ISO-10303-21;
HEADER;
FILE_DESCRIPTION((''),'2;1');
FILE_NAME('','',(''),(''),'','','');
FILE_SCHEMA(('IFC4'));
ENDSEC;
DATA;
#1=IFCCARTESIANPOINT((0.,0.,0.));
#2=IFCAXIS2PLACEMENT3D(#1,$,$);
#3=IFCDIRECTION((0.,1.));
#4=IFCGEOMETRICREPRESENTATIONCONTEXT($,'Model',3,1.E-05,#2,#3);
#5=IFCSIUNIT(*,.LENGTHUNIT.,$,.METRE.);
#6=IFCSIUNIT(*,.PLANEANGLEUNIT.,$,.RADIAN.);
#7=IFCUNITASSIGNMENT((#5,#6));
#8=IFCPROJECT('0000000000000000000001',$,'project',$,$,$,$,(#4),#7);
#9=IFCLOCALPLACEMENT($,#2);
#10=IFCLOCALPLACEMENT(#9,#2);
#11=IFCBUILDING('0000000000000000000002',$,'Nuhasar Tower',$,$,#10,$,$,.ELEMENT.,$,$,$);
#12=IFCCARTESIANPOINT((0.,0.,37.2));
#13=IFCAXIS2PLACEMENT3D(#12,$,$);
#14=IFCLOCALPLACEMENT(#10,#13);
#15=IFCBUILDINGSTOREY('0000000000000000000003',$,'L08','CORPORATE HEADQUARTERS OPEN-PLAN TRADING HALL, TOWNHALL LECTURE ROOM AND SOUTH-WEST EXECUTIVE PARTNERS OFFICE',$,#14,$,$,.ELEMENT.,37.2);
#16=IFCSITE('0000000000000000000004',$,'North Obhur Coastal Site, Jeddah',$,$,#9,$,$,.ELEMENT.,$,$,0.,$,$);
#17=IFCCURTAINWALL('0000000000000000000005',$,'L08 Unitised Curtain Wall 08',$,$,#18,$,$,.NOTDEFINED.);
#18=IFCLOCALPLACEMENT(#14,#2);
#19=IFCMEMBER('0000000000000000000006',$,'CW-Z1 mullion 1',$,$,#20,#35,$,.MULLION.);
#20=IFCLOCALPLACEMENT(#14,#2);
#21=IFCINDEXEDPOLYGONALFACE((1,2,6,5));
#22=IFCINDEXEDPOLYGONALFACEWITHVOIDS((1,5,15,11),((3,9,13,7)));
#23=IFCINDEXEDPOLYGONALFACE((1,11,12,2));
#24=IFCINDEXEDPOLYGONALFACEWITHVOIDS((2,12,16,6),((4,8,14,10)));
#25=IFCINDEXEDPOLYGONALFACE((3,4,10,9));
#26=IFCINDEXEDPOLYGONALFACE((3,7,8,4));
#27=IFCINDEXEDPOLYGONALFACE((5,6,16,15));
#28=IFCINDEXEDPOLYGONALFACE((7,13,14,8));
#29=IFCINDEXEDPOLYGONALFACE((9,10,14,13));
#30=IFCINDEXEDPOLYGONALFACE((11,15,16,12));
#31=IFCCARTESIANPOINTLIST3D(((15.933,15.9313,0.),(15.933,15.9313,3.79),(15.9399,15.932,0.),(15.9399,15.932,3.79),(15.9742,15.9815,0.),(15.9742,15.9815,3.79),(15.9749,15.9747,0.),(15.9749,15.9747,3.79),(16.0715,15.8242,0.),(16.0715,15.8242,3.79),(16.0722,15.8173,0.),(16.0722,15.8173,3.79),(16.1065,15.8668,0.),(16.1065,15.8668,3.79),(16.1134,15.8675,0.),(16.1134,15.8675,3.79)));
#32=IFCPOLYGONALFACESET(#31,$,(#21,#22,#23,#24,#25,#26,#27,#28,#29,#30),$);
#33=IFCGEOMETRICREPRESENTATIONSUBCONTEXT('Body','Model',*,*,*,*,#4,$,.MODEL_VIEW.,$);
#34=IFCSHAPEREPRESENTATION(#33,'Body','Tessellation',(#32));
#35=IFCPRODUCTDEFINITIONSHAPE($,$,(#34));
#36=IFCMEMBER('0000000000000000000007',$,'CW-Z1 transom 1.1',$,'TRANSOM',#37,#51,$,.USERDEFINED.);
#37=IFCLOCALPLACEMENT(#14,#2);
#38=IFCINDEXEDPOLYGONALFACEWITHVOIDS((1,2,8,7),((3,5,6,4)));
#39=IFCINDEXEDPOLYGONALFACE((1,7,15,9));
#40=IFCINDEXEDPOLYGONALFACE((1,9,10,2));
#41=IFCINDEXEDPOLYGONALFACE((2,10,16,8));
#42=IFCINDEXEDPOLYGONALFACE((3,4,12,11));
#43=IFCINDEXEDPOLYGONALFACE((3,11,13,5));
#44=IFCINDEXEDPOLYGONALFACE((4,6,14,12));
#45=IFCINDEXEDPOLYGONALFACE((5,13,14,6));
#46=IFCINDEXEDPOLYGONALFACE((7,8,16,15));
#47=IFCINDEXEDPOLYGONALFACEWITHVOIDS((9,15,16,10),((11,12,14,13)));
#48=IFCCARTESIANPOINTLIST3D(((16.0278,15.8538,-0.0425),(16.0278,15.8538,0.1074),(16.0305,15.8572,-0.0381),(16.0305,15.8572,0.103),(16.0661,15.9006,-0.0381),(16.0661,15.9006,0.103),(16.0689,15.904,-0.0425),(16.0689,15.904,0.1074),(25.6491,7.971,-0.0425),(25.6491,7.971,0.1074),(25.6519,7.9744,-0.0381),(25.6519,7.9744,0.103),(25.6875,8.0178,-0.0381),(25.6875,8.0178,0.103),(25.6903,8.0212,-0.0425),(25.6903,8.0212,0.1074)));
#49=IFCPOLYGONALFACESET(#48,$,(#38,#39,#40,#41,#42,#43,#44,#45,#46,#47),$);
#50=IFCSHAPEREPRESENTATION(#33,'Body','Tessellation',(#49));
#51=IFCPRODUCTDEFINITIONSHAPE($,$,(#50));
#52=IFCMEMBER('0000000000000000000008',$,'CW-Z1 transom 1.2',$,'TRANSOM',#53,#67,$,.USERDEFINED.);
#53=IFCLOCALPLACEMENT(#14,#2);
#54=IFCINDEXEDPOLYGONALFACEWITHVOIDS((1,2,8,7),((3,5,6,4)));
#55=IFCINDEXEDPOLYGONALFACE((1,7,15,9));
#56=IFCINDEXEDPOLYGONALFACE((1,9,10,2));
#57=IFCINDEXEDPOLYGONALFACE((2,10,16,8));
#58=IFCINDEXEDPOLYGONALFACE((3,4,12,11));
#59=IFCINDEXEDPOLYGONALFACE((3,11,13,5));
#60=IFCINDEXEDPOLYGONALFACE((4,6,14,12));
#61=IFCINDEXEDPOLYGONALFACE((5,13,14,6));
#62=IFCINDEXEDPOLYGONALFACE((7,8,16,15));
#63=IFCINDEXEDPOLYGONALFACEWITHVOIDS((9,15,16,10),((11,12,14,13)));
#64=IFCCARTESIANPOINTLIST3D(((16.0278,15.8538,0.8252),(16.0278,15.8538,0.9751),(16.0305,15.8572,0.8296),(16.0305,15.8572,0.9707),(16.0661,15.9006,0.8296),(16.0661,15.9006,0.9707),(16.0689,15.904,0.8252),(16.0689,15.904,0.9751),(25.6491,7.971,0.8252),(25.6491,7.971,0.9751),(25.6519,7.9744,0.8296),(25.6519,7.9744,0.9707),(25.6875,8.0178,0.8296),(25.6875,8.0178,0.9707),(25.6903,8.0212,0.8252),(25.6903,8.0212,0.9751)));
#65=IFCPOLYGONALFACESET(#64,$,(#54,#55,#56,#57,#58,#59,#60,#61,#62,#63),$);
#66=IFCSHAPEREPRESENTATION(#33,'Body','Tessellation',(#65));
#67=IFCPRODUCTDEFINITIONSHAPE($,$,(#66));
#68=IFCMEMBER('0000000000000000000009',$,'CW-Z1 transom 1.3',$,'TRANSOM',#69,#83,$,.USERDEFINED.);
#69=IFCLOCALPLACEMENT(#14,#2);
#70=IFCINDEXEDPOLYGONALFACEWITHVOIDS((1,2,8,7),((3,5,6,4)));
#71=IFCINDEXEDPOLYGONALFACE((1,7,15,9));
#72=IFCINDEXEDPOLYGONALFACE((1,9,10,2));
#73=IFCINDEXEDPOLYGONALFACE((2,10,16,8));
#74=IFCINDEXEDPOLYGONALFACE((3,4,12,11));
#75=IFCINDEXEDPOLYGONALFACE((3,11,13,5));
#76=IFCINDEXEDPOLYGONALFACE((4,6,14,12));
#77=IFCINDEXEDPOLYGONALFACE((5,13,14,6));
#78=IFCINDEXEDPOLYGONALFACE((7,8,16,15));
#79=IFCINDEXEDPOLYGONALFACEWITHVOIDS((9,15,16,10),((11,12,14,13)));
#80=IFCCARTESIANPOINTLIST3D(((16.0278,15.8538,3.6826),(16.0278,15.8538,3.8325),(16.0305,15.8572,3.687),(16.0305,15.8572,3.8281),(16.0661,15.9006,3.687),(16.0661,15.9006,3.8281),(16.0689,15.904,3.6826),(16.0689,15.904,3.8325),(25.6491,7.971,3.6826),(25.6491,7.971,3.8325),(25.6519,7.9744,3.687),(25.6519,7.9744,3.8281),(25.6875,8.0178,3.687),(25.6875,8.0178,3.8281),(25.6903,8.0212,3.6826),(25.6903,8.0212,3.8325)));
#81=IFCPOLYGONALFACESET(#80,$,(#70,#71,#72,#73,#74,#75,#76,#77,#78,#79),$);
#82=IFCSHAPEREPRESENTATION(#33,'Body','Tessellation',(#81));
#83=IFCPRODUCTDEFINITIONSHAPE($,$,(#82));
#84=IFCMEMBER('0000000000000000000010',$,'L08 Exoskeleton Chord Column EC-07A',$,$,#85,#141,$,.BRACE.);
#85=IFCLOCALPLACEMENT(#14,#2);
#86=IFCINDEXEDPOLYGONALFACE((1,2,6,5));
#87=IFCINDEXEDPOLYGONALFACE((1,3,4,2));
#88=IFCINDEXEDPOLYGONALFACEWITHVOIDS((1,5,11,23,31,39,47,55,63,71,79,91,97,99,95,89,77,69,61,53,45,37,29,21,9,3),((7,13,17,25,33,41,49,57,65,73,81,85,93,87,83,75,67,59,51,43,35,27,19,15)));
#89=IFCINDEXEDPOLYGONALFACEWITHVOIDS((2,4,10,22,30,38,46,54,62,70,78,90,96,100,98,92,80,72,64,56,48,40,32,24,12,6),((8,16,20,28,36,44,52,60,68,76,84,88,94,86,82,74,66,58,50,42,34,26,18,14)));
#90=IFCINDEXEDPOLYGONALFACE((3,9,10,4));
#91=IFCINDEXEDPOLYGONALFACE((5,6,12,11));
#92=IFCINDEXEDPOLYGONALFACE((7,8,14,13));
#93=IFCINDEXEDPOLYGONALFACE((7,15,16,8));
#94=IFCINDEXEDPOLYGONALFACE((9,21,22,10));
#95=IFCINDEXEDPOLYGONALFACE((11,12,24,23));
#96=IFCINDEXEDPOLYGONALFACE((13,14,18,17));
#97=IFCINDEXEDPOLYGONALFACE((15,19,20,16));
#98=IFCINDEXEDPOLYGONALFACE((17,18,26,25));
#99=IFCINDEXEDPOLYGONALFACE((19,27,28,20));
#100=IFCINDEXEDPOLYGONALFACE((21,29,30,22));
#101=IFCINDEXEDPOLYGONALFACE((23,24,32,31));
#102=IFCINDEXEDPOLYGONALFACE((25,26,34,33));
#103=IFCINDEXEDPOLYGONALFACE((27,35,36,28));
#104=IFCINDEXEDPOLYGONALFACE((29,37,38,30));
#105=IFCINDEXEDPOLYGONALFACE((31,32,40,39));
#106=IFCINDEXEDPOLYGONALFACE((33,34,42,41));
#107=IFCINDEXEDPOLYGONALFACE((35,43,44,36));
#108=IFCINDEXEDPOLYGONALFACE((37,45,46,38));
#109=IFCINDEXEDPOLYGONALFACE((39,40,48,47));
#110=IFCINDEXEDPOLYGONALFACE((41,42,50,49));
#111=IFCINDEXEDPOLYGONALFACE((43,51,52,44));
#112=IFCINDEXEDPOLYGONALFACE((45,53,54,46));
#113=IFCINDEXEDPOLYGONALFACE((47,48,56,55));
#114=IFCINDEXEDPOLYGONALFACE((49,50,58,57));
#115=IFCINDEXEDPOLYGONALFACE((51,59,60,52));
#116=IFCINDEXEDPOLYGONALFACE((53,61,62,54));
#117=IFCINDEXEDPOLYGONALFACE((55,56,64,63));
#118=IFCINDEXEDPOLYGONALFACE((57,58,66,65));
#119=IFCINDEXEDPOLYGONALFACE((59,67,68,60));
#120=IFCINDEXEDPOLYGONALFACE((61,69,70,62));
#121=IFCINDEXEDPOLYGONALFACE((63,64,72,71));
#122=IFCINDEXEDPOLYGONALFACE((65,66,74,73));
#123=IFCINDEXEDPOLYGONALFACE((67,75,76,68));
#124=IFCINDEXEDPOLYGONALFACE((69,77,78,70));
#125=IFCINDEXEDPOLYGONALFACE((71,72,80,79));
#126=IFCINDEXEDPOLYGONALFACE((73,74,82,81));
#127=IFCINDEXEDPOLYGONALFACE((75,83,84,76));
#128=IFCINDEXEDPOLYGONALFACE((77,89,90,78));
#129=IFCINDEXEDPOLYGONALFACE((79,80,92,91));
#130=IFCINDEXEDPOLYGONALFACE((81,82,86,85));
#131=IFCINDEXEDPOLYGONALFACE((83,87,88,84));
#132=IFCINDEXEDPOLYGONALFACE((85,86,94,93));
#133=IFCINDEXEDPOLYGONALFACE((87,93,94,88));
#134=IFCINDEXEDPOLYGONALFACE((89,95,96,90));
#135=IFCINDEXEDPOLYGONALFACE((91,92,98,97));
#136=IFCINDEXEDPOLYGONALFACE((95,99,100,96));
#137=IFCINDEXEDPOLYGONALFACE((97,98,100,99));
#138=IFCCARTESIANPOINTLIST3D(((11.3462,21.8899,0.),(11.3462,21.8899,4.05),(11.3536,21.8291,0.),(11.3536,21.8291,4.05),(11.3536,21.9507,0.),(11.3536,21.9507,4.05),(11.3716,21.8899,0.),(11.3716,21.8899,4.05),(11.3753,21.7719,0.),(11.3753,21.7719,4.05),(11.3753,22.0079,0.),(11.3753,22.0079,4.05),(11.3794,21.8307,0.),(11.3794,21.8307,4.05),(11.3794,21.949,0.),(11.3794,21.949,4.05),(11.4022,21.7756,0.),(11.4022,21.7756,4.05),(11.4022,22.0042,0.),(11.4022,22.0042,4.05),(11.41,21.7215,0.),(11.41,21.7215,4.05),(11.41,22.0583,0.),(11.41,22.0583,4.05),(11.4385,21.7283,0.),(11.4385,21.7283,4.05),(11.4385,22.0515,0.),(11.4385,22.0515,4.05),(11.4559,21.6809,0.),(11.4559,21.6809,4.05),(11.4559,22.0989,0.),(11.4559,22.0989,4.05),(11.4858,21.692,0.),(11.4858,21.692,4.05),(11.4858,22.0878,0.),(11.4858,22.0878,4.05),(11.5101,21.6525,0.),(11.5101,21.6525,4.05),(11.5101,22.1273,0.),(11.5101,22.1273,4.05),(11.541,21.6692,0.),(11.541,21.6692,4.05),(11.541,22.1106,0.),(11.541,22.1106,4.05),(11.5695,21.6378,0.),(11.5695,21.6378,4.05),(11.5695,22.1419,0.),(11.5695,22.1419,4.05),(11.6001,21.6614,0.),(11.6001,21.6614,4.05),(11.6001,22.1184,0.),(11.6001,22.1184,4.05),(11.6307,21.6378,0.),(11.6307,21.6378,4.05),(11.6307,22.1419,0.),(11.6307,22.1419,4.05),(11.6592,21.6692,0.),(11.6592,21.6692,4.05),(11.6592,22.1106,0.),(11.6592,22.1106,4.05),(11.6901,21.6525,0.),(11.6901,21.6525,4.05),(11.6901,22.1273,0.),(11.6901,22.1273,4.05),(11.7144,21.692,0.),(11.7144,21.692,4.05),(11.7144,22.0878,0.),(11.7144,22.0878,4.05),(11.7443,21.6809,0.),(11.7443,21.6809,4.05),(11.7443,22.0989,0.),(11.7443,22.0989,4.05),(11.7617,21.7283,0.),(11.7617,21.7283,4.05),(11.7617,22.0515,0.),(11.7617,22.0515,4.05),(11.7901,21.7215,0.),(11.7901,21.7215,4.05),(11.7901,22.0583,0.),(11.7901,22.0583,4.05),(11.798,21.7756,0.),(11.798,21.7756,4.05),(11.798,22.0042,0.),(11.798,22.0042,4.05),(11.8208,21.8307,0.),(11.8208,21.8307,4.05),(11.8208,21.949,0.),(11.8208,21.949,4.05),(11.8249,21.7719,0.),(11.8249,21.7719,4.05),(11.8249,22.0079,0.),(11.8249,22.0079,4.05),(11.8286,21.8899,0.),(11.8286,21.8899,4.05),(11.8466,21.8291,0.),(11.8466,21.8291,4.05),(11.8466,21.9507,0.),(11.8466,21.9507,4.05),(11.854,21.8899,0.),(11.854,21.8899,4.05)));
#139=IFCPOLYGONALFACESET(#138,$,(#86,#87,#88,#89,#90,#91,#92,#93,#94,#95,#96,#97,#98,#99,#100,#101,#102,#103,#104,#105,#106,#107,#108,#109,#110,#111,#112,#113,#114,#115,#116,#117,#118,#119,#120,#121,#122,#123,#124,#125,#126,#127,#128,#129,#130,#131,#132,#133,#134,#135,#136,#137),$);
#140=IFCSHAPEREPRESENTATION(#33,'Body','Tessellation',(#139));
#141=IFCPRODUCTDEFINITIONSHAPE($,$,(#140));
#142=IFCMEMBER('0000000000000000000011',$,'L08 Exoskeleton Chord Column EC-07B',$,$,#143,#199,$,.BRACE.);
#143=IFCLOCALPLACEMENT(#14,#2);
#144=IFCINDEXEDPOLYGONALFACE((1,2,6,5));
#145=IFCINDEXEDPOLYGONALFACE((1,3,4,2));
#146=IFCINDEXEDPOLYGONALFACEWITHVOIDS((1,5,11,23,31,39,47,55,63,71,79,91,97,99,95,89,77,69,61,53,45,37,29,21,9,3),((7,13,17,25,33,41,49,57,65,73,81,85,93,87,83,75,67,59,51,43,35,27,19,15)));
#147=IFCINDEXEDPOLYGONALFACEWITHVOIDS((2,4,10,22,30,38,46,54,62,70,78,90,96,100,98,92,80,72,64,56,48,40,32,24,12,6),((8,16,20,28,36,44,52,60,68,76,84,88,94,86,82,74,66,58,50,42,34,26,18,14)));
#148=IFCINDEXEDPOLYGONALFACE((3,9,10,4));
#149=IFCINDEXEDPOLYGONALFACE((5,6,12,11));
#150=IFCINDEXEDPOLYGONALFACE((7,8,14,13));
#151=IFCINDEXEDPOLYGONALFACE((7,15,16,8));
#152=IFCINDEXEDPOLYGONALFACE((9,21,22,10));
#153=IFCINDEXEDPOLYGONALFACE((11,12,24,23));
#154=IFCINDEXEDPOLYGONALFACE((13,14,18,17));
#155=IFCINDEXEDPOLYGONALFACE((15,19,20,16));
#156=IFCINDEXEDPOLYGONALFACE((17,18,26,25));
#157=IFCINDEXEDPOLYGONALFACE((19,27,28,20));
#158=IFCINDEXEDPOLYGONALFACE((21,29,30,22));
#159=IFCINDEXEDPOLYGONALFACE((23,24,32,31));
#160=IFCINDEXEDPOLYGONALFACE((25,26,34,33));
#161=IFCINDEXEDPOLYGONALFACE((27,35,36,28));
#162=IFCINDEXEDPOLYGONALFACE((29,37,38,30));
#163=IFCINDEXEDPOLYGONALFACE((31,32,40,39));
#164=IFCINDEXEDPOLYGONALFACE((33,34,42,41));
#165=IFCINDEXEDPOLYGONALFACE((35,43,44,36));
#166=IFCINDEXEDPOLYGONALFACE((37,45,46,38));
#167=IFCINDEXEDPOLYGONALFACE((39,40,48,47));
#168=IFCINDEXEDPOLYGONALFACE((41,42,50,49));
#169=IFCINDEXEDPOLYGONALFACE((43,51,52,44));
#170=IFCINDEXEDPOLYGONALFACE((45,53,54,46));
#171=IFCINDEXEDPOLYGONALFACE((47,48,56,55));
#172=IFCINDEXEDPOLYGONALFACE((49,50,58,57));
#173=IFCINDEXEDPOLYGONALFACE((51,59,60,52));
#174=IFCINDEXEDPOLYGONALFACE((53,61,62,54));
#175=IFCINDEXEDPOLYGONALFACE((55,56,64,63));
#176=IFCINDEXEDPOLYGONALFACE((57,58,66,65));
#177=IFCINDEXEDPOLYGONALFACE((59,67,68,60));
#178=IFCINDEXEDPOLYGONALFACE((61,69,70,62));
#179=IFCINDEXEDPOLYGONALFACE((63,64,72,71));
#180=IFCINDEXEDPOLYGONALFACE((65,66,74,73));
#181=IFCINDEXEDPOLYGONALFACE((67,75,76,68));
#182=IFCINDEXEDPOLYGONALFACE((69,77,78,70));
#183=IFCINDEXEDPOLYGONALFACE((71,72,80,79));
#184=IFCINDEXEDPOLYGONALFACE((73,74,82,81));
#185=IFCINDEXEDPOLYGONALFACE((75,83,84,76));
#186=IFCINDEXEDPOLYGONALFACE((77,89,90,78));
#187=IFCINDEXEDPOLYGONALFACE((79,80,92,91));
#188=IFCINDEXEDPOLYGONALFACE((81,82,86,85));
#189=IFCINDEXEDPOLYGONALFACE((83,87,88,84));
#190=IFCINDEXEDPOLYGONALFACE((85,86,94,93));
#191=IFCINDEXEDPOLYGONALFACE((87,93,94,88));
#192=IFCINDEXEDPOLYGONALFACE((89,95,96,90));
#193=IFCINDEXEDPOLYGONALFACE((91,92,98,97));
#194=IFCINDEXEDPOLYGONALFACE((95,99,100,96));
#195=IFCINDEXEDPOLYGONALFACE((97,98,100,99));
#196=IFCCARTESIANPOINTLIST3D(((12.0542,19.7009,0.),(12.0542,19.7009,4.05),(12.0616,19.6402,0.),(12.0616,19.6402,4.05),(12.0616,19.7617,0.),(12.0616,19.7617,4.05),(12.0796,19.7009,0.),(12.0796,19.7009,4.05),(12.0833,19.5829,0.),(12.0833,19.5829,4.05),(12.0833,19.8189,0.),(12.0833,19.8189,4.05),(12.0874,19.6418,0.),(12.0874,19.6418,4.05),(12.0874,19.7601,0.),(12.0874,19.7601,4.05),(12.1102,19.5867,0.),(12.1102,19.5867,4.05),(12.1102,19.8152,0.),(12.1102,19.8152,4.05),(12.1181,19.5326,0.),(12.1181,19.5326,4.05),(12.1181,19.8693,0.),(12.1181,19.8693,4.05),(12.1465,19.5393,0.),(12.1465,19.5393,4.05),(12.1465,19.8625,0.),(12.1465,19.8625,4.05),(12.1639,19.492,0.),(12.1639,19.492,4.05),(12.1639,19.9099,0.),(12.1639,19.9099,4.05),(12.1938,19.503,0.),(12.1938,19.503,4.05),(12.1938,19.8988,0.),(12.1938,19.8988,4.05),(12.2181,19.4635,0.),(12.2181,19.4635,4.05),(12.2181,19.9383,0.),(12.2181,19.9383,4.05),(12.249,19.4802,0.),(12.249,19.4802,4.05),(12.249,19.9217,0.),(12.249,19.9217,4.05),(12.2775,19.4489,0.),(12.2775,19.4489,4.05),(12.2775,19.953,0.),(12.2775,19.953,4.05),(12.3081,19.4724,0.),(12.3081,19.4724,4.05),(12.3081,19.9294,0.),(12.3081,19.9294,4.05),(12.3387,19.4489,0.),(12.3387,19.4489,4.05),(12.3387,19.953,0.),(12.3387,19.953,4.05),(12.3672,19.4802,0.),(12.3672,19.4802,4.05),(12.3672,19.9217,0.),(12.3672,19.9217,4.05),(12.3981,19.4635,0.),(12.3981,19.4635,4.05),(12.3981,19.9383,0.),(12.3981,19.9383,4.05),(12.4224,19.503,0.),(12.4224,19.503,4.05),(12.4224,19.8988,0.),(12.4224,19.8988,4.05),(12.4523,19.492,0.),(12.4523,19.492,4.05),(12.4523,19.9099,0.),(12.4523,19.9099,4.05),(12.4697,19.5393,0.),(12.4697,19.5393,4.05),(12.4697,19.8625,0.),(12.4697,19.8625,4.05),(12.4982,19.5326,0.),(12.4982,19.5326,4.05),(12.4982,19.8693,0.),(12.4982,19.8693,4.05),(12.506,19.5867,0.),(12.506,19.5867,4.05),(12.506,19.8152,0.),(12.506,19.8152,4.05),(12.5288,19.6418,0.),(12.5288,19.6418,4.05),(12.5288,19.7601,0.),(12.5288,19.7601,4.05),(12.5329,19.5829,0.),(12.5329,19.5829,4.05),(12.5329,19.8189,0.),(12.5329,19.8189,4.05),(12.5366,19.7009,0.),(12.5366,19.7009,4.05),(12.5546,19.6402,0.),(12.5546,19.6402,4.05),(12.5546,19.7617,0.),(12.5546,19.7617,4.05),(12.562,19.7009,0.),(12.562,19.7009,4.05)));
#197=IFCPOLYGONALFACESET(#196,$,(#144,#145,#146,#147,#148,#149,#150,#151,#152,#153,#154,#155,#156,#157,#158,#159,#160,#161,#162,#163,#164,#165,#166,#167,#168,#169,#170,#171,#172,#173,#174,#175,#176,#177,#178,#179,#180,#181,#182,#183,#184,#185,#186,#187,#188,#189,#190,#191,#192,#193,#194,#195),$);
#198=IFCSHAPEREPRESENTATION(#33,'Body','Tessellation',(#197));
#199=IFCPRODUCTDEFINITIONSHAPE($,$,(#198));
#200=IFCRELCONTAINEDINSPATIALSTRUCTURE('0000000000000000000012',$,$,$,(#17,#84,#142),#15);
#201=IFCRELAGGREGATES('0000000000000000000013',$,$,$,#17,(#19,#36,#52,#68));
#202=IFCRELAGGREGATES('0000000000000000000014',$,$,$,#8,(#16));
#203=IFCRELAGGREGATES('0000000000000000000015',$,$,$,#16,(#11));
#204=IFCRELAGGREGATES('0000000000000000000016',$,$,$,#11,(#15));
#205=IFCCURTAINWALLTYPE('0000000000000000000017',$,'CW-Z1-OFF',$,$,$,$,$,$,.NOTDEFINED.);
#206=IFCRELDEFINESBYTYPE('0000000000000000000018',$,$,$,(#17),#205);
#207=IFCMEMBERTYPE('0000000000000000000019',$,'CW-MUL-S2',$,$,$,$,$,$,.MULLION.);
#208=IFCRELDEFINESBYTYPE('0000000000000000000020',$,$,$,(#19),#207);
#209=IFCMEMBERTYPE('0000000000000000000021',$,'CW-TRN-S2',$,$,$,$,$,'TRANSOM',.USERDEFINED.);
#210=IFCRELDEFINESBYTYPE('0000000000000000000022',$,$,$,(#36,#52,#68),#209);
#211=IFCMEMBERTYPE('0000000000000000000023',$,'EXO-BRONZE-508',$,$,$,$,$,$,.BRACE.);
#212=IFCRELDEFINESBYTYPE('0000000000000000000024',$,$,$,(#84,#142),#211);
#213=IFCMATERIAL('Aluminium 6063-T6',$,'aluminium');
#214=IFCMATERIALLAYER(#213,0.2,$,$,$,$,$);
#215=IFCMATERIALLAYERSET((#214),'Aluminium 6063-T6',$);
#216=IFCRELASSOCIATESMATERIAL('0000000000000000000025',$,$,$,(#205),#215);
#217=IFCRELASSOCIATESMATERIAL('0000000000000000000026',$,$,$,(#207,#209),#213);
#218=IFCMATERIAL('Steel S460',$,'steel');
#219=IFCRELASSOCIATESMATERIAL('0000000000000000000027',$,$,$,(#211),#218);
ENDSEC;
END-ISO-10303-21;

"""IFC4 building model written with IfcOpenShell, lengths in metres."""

from ifc_helpers import new_model, si_unit, direction, frame, origin, origin_2d, place, context, subcontext, project, spatial, hollow_rectangle, hollow_circle, extrude, material, layer, layer_set, material_profile, profile_set, type_object, element, aggregate, save


model = new_model("IFC4")

# Units and contexts
model_context = context("Model", 3, precision=1e-05, world=origin(), true_north=direction((0.0, 1.0)))
body_context = subcontext(model_context, "Body", "Model", "MODEL_VIEW")
ifc_project = project(units=[si_unit("LENGTHUNIT", "METRE"), si_unit("PLANEANGLEUNIT", "RADIAN")], contexts=[model_context])

# Site, building, storey
site_placement = place(None, origin())
site = spatial("IfcSite", under=ifc_project, at=site_placement, Name="North Obhur Coastal Site, Jeddah", CompositionType="ELEMENT", RefElevation=0.0)
building_placement = place(site_placement, origin())
building = spatial("IfcBuilding", under=site, at=building_placement, Name="Nuhasar Tower", CompositionType="ELEMENT")
storey_placement = place(building_placement, frame((0.0, 0.0, 37.2)))
storey = spatial("IfcBuildingStorey", under=building, at=storey_placement, Name="L08", Description="CORPORATE HEADQUARTERS OPEN-PLAN TRADING HALL, TOWNHALL LECTURE ROOM AND SOUTH-WEST EXECUTIVE PARTNERS OFFICE", CompositionType="ELEMENT", Elevation=37.2)

# Shared definitions
ifc_material_1 = material(Name="Aluminium 6063-T6", Category="aluminium")
ifc_layer_1 = layer(ifc_material_1, 0.2)
ifc_layer_set_1 = layer_set([ifc_layer_1], Name="Aluminium 6063-T6")
curtain_wall_type = type_object("IfcCurtainWallType", Name="CW-Z1-OFF", PredefinedType="NOTDEFINED", material=ifc_layer_set_1)
ifc_material_profile_1 = material_profile(ifc_material_1, hollow_rectangle(XDim=0.0649, YDim=0.1799, WallThickness=0.0049, at=origin_2d()), Name="CWM-2")
ifc_profile_set_1 = profile_set([ifc_material_profile_1], Name="Aluminium 6063-T6")
member_type_1 = type_object("IfcMemberType", Name="CW-MUL-S2", PredefinedType="MULLION", material=ifc_profile_set_1)

# Curtain wall, members
curtain_wall_1_placement = place(storey_placement, origin())
curtain_wall_1 = element("IfcCurtainWall", 1, at=curtain_wall_1_placement, inside=storey, type_object=curtain_wall_type, Name="L08 Unitised Curtain Wall 08", PredefinedType="NOTDEFINED")
member_1_placement = place(storey_placement, frame((16.0232, 15.8994, 0.0), z_axis=(0.0, 0.0, 1.0), x_axis=(0.633745, 0.773542, 0.0)))
member_1 = element("IfcMember", 2, at=member_1_placement, type_object=member_type_1, Name="CW-Z1 mullion 1", PredefinedType="MULLION", context=body_context, shape_type="SweptSolid", body=[
    extrude(hollow_rectangle(XDim=0.0649, YDim=0.1799, WallThickness=0.0049, at=origin_2d()), origin(), (0.0, 0.0, 1.0), 3.79),
])
ifc_material_profile_2 = material_profile(ifc_material_1, hollow_rectangle(XDim=0.0649, YDim=0.1499, WallThickness=0.0044, at=origin_2d()), Name="CWT-2")
ifc_profile_set_2 = profile_set([ifc_material_profile_2], Name="Aluminium 6063-T6")
member_type_2 = type_object("IfcMemberType", Name="CW-TRN-S2", ElementType="TRANSOM", PredefinedType="USERDEFINED", material=ifc_profile_set_2)
member_2_placement = place(storey_placement, frame((16.0483, 15.8789, 0.0325), z_axis=(0.773531, -0.633758, 0.0), x_axis=(0.633758, 0.773531, 0.0)))
member_2 = element("IfcMember", 3, at=member_2_placement, type_object=member_type_2, Name="CW-Z1 transom 1.1", ObjectType="TRANSOM", PredefinedType="USERDEFINED", context=body_context, shape_type="SweptSolid", body=[
    extrude(hollow_rectangle(XDim=0.0649, YDim=0.1499, WallThickness=0.0044, at=origin_2d()), origin(), (0.0, 0.0, 1.0), 12.4382),
])
member_3_placement = place(storey_placement, frame((16.0483, 15.8789, 0.9001), z_axis=(0.773531, -0.633758, 0.0), x_axis=(0.633758, 0.773531, 0.0)))
member_3 = element("IfcMember", 4, at=member_3_placement, type_object=member_type_2, Name="CW-Z1 transom 1.2", ObjectType="TRANSOM", PredefinedType="USERDEFINED", context=body_context, shape_type="SweptSolid", body=[
    extrude(hollow_rectangle(XDim=0.0649, YDim=0.1499, WallThickness=0.0044, at=origin_2d()), origin(), (0.0, 0.0, 1.0), 12.4382),
])
member_4_placement = place(storey_placement, frame((16.0483, 15.8789, 3.7576), z_axis=(0.773531, -0.633758, 0.0), x_axis=(0.633758, 0.773531, 0.0)))
member_4 = element("IfcMember", 5, at=member_4_placement, type_object=member_type_2, Name="CW-Z1 transom 1.3", ObjectType="TRANSOM", PredefinedType="USERDEFINED", context=body_context, shape_type="SweptSolid", body=[
    extrude(hollow_rectangle(XDim=0.0649, YDim=0.1499, WallThickness=0.0044, at=origin_2d()), origin(), (0.0, 0.0, 1.0), 12.4382),
])
aggregate(curtain_wall_1, [member_1, member_2, member_3, member_4])

# Members
ifc_material_2 = material(Name="Steel S460", Category="steel")
ifc_material_profile_3 = material_profile(ifc_material_2, hollow_circle(Radius=0.2539, WallThickness=0.0254, at=origin_2d()), Name="HSS508X25.4")
ifc_profile_set_3 = profile_set([ifc_material_profile_3], Name="Steel S460")
member_type_3 = type_object("IfcMemberType", Name="EXO-BRONZE-508", PredefinedType="BRACE", material=ifc_profile_set_3)
for number, where, z_axis, x_axis, name in (
    (6, (11.6001, 21.8899, 0.0), (0.0, 0.0, 1.0), (1.0, 0.0, 0.0), "L08 Exoskeleton Chord Column EC-07A"),
    (7, (12.3081, 19.7009, 0.0), (0.0, 0.0, 1.0), (1.0, 0.0, 0.0), "L08 Exoskeleton Chord Column EC-07B"),
):
    element("IfcMember", number, at=place(storey_placement, frame(where, z_axis=z_axis, x_axis=x_axis)), inside=storey, type_object=member_type_3, Name=name, PredefinedType="BRACE", context=body_context, shape_type="SweptSolid", body=[
        extrude(hollow_circle(Radius=0.2539, WallThickness=0.0254, at=origin_2d()), origin(), (0.0, 0.0, 1.0), 4.05),
    ])

save(model, "model.ifc")
